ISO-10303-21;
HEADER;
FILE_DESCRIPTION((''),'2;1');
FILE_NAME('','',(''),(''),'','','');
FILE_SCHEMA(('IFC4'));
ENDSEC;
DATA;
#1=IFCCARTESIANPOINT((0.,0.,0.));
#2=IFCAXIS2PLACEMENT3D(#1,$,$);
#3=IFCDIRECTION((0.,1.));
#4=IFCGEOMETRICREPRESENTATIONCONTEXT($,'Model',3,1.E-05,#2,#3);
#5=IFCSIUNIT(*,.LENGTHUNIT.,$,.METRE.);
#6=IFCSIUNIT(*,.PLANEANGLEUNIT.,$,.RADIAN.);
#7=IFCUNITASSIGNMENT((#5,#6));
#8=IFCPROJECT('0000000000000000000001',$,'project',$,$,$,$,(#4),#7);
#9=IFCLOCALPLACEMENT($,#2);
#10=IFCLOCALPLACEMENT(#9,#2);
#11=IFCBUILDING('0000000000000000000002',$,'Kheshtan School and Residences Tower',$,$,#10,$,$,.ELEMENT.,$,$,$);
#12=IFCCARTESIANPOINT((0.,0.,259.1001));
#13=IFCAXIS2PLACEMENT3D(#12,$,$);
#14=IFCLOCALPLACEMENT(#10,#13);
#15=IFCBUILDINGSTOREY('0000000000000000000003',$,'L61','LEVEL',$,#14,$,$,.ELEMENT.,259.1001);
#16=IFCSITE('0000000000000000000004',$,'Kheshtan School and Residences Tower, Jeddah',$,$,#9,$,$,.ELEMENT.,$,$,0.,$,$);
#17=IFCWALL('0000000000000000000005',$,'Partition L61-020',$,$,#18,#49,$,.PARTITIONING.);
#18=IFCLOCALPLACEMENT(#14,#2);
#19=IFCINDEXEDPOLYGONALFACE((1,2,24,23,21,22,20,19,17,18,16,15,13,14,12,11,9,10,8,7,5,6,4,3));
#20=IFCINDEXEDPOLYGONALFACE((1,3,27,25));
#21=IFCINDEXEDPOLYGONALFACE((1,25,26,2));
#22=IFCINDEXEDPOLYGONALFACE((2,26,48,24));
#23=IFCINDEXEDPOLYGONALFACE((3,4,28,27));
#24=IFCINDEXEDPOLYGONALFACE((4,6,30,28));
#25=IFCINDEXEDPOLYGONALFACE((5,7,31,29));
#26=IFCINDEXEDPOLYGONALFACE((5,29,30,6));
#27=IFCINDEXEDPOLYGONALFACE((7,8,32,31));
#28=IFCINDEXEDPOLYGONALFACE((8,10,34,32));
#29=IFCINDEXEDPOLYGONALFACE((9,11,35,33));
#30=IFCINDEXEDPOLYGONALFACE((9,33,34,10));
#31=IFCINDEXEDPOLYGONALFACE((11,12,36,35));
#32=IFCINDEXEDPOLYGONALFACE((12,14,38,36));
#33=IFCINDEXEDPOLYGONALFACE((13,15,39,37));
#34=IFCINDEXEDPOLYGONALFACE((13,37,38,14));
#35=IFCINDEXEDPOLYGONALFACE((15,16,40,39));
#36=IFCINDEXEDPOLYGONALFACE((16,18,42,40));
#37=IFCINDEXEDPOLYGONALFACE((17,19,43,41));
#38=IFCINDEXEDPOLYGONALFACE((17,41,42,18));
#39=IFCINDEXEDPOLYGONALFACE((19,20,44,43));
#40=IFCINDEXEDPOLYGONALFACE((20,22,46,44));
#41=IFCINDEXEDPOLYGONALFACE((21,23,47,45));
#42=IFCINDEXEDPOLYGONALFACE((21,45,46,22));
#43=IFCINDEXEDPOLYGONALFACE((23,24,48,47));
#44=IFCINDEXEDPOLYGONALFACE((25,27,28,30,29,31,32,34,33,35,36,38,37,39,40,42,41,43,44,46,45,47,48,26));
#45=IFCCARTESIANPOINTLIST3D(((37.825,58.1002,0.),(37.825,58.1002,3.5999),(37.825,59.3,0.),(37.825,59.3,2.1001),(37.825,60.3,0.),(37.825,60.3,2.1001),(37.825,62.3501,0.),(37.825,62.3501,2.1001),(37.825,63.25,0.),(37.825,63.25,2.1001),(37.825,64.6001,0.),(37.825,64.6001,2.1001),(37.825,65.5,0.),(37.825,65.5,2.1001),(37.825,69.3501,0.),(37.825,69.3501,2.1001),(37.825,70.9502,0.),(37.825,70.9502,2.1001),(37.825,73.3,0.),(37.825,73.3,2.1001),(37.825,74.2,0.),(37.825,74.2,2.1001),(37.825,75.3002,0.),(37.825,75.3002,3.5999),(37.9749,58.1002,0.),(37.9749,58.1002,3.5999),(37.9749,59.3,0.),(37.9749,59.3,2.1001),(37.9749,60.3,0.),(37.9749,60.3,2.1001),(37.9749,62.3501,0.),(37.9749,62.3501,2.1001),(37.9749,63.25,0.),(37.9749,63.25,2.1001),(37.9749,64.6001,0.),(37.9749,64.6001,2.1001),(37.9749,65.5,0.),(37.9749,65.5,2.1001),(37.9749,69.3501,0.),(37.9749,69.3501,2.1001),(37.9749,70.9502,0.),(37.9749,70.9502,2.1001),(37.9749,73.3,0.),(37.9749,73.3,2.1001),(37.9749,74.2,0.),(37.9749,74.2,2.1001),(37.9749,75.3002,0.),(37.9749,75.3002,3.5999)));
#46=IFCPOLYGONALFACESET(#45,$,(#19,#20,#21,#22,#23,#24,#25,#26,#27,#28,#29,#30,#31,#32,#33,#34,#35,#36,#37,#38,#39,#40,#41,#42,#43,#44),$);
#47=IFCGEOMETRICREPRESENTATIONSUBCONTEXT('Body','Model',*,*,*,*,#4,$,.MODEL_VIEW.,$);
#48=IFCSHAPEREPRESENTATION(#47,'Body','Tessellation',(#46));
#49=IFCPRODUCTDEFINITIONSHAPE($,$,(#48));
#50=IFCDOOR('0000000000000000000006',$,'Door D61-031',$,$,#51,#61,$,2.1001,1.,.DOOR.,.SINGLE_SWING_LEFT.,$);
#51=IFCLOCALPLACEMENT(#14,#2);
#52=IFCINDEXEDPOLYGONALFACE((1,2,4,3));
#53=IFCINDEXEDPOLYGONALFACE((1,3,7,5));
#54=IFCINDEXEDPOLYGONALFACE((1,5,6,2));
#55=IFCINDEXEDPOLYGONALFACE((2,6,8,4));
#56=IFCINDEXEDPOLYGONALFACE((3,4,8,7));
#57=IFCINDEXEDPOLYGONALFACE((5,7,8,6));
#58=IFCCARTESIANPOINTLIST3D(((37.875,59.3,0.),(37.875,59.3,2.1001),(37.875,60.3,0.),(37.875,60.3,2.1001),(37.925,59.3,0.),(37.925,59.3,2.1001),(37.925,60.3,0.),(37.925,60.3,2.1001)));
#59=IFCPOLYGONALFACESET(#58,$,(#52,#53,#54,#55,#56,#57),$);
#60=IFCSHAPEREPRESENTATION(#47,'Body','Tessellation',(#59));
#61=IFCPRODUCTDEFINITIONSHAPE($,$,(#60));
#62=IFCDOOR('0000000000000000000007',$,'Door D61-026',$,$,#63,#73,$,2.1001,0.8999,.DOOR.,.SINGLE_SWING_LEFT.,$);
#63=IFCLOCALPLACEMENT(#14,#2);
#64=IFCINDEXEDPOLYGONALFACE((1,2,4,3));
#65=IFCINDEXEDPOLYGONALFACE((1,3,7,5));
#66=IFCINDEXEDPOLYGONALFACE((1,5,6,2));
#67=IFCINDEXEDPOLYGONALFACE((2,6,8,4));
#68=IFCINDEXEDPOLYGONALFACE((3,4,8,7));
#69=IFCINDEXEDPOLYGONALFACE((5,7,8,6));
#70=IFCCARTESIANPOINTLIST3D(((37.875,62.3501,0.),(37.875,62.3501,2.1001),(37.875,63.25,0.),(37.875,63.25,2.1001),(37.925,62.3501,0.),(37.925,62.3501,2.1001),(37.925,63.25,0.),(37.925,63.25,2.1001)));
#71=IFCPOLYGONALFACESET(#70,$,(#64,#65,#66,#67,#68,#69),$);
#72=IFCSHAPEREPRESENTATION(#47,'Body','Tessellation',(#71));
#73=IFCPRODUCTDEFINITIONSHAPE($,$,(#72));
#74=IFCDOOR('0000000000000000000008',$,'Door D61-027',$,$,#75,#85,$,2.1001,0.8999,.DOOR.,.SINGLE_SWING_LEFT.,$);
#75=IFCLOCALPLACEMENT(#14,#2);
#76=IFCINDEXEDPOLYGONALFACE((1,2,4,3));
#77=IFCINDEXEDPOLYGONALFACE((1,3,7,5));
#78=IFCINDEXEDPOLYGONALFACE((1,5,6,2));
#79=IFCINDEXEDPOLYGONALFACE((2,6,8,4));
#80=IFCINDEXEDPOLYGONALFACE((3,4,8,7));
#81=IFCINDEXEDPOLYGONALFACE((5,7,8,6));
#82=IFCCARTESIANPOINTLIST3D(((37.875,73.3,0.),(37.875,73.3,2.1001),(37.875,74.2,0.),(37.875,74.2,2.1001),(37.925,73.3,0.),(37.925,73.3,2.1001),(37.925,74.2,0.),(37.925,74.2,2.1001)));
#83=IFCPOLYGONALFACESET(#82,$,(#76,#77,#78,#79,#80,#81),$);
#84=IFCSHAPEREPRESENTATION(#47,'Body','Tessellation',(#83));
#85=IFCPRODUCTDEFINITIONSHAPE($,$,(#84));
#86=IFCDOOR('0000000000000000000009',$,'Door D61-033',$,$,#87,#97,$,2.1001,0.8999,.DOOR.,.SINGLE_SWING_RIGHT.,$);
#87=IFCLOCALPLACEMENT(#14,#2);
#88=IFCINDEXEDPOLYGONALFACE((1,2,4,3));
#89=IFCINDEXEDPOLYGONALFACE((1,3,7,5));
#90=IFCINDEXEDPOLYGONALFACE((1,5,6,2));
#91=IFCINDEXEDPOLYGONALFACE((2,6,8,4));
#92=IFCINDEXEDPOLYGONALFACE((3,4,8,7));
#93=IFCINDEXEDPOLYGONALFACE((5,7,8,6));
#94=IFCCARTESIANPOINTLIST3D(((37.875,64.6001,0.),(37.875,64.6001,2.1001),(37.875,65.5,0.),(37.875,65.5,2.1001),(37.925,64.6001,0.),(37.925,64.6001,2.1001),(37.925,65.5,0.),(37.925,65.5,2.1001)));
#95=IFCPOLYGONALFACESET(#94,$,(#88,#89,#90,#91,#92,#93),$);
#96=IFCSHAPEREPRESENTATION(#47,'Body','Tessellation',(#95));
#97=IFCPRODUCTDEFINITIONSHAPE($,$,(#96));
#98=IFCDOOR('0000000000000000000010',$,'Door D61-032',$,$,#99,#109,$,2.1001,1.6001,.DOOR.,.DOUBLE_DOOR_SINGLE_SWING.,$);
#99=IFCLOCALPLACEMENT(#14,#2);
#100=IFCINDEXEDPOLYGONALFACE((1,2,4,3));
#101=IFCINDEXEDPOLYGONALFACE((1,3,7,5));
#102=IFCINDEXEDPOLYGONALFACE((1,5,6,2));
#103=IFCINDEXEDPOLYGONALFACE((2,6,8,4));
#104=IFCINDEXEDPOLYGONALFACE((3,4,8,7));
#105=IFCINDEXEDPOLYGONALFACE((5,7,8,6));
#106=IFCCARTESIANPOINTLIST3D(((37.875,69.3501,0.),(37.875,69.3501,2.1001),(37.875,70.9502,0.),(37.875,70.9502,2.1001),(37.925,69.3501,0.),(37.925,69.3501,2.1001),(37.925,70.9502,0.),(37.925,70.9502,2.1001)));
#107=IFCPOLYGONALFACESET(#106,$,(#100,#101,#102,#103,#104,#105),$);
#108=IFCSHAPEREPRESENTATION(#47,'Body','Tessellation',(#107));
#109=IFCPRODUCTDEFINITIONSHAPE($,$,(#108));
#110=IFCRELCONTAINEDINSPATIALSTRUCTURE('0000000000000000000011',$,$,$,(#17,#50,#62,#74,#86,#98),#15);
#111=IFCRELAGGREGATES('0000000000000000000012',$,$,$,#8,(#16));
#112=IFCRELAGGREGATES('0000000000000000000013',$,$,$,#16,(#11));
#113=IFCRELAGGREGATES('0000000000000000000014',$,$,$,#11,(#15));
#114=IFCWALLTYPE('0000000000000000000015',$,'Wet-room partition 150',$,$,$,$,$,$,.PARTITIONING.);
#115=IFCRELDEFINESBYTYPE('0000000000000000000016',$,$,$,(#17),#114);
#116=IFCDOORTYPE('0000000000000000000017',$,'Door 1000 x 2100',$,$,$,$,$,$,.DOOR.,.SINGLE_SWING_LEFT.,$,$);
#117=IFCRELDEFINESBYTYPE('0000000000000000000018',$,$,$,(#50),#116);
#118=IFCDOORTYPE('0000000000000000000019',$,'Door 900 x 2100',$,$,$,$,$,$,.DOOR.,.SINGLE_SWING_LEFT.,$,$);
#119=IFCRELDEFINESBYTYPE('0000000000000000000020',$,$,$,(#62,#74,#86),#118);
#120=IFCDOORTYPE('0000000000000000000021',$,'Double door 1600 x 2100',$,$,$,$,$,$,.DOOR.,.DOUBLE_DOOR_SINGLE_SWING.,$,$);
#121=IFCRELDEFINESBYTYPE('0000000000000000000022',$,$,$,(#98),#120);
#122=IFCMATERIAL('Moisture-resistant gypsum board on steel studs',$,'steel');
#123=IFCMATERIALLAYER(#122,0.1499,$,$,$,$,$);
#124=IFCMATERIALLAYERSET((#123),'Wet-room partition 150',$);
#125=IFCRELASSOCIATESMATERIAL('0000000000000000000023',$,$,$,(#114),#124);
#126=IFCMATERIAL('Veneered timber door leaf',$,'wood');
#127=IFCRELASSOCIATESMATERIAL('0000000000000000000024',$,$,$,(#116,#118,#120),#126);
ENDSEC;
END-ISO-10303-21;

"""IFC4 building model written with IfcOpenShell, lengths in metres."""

from ifc_helpers import new_model, si_unit, direction, frame, frame_2d, origin, place, context, subcontext, project, spatial, rectangle, extrude, source, transform, mapped, material, layer, layer_set, type_object, element, fill, save


model = new_model("IFC4")

# Units and contexts
model_context = context("Model", 3, precision=1e-05, world=origin(), true_north=direction((0.0, 1.0)))
body_context = subcontext(model_context, "Body", "Model", "MODEL_VIEW")
ifc_project = project(units=[si_unit("LENGTHUNIT", "METRE"), si_unit("PLANEANGLEUNIT", "RADIAN")], contexts=[model_context])

# Site, building, storey
site_placement = place(None, origin())
site = spatial("IfcSite", under=ifc_project, at=site_placement, Name="Kheshtan School and Residences Tower, Jeddah", CompositionType="ELEMENT", RefElevation=0.0)
building_placement = place(site_placement, origin())
building = spatial("IfcBuilding", under=site, at=building_placement, Name="Kheshtan School and Residences Tower", CompositionType="ELEMENT")
storey_placement = place(building_placement, frame((0.0, 0.0, 259.1001)))
storey = spatial("IfcBuildingStorey", under=building, at=storey_placement, Name="L61", Description="LEVEL", CompositionType="ELEMENT", Elevation=259.1001)

# Shared definitions
ifc_material_1 = material(Name="Moisture-resistant gypsum board on steel studs", Category="steel")
ifc_layer_1 = layer(ifc_material_1, 0.1499)
ifc_layer_set_1 = layer_set([ifc_layer_1], Name="Wet-room partition 150")
wall_type_1 = type_object("IfcWallType", Name="Wet-room partition 150", PredefinedType="PARTITIONING", material=ifc_layer_set_1)

# Shared definitions
ifc_material_2 = material(Name="Veneered timber door leaf", Category="wood")

# Wall, openings, doors
wall_1_placement = place(storey_placement, frame((37.8999, 58.1001, 0.0), z_axis=(0.0, 0.0, 1.0), x_axis=(0.0, 1.0, 0.0)))
wall_1 = element("IfcWall", 1, at=wall_1_placement, inside=storey, type_object=wall_type_1, Name="Partition L61-020", PredefinedType="PARTITIONING", context=body_context, shape_type="SweptSolid", body=[
    extrude(rectangle(XDim=17.2, YDim=0.1499, at=frame_2d((8.6001, 0.0))), origin(), (0.0, 0.0, 1.0), 3.5999),
])
opening_1_placement = place(wall_1_placement, frame((4.25, 0.0, 0.0)))
opening_1 = element("IfcOpeningElement", 2, at=opening_1_placement, cuts=wall_1, PredefinedType="OPENING", context=body_context, shape_type="SweptSolid", body=[
    extrude(rectangle(XDim=0.8999, YDim=2.1001, at=frame_2d((0.45, 1.05))), frame((0.0, 0.085, 0.0), z_axis=(0.0, -1.0, 0.0), x_axis=(1.0, 0.0, 0.0)), (0.0, 0.0, 1.0), 0.1699),
])
opening_2_placement = place(wall_1_placement, frame((15.2, 0.0, 0.0)))
opening_2 = element("IfcOpeningElement", 3, at=opening_2_placement, cuts=wall_1, PredefinedType="OPENING", context=body_context, shape_type="SweptSolid", body=[
    extrude(rectangle(XDim=0.8999, YDim=2.1001, at=frame_2d((0.45, 1.05))), frame((0.0, 0.085, 0.0), z_axis=(0.0, -1.0, 0.0), x_axis=(1.0, 0.0, 0.0)), (0.0, 0.0, 1.0), 0.1699),
])
opening_3_placement = place(wall_1_placement, frame((1.2, 0.0, 0.0)))
opening_3 = element("IfcOpeningElement", 4, at=opening_3_placement, cuts=wall_1, PredefinedType="OPENING", context=body_context, shape_type="SweptSolid", body=[
    extrude(rectangle(XDim=1.0, YDim=2.1001, at=frame_2d((0.5, 1.05))), frame((0.0, 0.085, 0.0), z_axis=(0.0, -1.0, 0.0), x_axis=(1.0, 0.0, 0.0)), (0.0, 0.0, 1.0), 0.1699),
])
opening_4_placement = place(wall_1_placement, frame((11.25, 0.0, 0.0)))
opening_4 = element("IfcOpeningElement", 5, at=opening_4_placement, cuts=wall_1, PredefinedType="OPENING", context=body_context, shape_type="SweptSolid", body=[
    extrude(rectangle(XDim=1.6001, YDim=2.1001, at=frame_2d((0.8, 1.05))), frame((0.0, 0.085, 0.0), z_axis=(0.0, -1.0, 0.0), x_axis=(1.0, 0.0, 0.0)), (0.0, 0.0, 1.0), 0.1699),
])
opening_5_placement = place(wall_1_placement, frame((6.5, 0.0, 0.0)))
opening_5 = element("IfcOpeningElement", 6, at=opening_5_placement, cuts=wall_1, PredefinedType="OPENING", context=body_context, shape_type="SweptSolid", body=[
    extrude(rectangle(XDim=0.8999, YDim=2.1001, at=frame_2d((0.45, 1.05))), frame((0.0, 0.085, 0.0), z_axis=(0.0, -1.0, 0.0), x_axis=(1.0, 0.0, 0.0)), (0.0, 0.0, 1.0), 0.1699),
])
door_type_1 = type_object("IfcDoorType", Name="Door 1000 x 2100", OperationType="SINGLE_SWING_LEFT", PredefinedType="DOOR", material=ifc_material_2)
shared_shape_1 = source(origin(), body_context, "Body", "SweptSolid", [
    extrude(rectangle(XDim=1.0, YDim=2.1001, at=frame_2d((0.5, 1.05))), frame((0.0, 0.0249, 0.0), z_axis=(0.0, -1.0, 0.0), x_axis=(1.0, 0.0, 0.0)), (0.0, 0.0, 1.0), 0.05),
])
door_1_placement = place(opening_3_placement, origin())
door_1 = element("IfcDoor", 7, at=door_1_placement, inside=storey, type_object=door_type_1, Name="Door D61-031", OperationType="SINGLE_SWING_LEFT", OverallHeight=2.1001, OverallWidth=1.0, PredefinedType="DOOR", context=body_context, shape_type="MappedRepresentation", body=[
    mapped(shared_shape_1, transform((0.0, 0.0, 0.0), x_axis=(1.0, 0.0, 0.0), y_axis=(0.0, 1.0, 0.0), z_axis=(0.0, 0.0, 1.0), scale=1.0)),
])
fill(opening_3, door_1)
door_type_2 = type_object("IfcDoorType", Name="Door 900 x 2100", OperationType="SINGLE_SWING_LEFT", PredefinedType="DOOR", material=ifc_material_2)
shared_shape_2 = source(origin(), body_context, "Body", "SweptSolid", [
    extrude(rectangle(XDim=0.8999, YDim=2.1001, at=frame_2d((0.45, 1.05))), frame((0.0, 0.0249, 0.0), z_axis=(0.0, -1.0, 0.0), x_axis=(1.0, 0.0, 0.0)), (0.0, 0.0, 1.0), 0.05),
])
door_2_placement = place(opening_1_placement, origin())
door_2 = element("IfcDoor", 8, at=door_2_placement, inside=storey, type_object=door_type_2, Name="Door D61-026", OperationType="SINGLE_SWING_LEFT", OverallHeight=2.1001, OverallWidth=0.8999, PredefinedType="DOOR", context=body_context, shape_type="MappedRepresentation", body=[
    mapped(shared_shape_2, transform((0.0, 0.0, 0.0), x_axis=(1.0, 0.0, 0.0), y_axis=(0.0, 1.0, 0.0), z_axis=(0.0, 0.0, 1.0), scale=1.0)),
])
fill(opening_1, door_2)
door_3_placement = place(opening_2_placement, origin())
door_3 = element("IfcDoor", 9, at=door_3_placement, inside=storey, type_object=door_type_2, Name="Door D61-027", OperationType="SINGLE_SWING_LEFT", OverallHeight=2.1001, OverallWidth=0.8999, PredefinedType="DOOR", context=body_context, shape_type="MappedRepresentation", body=[
    mapped(shared_shape_2, transform((0.0, 0.0, 0.0), x_axis=(1.0, 0.0, 0.0), y_axis=(0.0, 1.0, 0.0), z_axis=(0.0, 0.0, 1.0), scale=1.0)),
])
fill(opening_2, door_3)
door_4_placement = place(opening_5_placement, origin())
door_4 = element("IfcDoor", 10, at=door_4_placement, inside=storey, type_object=door_type_2, Name="Door D61-033", OperationType="SINGLE_SWING_RIGHT", OverallHeight=2.1001, OverallWidth=0.8999, PredefinedType="DOOR", context=body_context, shape_type="MappedRepresentation", body=[
    mapped(shared_shape_2, transform((0.0, 0.0, 0.0), x_axis=(1.0, 0.0, 0.0), y_axis=(0.0, 1.0, 0.0), z_axis=(0.0, 0.0, 1.0), scale=1.0)),
])
fill(opening_5, door_4)
door_type_3 = type_object("IfcDoorType", Name="Double door 1600 x 2100", OperationType="DOUBLE_DOOR_SINGLE_SWING", PredefinedType="DOOR", material=ifc_material_2)
shared_shape_3 = source(origin(), body_context, "Body", "SweptSolid", [
    extrude(rectangle(XDim=1.6001, YDim=2.1001, at=frame_2d((0.8, 1.05))), frame((0.0, 0.0249, 0.0), z_axis=(0.0, -1.0, 0.0), x_axis=(1.0, 0.0, 0.0)), (0.0, 0.0, 1.0), 0.05),
])
door_5_placement = place(opening_4_placement, origin())
door_5 = element("IfcDoor", 11, at=door_5_placement, inside=storey, type_object=door_type_3, Name="Door D61-032", OperationType="DOUBLE_DOOR_SINGLE_SWING", OverallHeight=2.1001, OverallWidth=1.6001, PredefinedType="DOOR", context=body_context, shape_type="MappedRepresentation", body=[
    mapped(shared_shape_3, transform((0.0, 0.0, 0.0), x_axis=(1.0, 0.0, 0.0), y_axis=(0.0, 1.0, 0.0), z_axis=(0.0, 0.0, 1.0), scale=1.0)),
])
fill(opening_4, door_5)

save(model, "model.ifc")
